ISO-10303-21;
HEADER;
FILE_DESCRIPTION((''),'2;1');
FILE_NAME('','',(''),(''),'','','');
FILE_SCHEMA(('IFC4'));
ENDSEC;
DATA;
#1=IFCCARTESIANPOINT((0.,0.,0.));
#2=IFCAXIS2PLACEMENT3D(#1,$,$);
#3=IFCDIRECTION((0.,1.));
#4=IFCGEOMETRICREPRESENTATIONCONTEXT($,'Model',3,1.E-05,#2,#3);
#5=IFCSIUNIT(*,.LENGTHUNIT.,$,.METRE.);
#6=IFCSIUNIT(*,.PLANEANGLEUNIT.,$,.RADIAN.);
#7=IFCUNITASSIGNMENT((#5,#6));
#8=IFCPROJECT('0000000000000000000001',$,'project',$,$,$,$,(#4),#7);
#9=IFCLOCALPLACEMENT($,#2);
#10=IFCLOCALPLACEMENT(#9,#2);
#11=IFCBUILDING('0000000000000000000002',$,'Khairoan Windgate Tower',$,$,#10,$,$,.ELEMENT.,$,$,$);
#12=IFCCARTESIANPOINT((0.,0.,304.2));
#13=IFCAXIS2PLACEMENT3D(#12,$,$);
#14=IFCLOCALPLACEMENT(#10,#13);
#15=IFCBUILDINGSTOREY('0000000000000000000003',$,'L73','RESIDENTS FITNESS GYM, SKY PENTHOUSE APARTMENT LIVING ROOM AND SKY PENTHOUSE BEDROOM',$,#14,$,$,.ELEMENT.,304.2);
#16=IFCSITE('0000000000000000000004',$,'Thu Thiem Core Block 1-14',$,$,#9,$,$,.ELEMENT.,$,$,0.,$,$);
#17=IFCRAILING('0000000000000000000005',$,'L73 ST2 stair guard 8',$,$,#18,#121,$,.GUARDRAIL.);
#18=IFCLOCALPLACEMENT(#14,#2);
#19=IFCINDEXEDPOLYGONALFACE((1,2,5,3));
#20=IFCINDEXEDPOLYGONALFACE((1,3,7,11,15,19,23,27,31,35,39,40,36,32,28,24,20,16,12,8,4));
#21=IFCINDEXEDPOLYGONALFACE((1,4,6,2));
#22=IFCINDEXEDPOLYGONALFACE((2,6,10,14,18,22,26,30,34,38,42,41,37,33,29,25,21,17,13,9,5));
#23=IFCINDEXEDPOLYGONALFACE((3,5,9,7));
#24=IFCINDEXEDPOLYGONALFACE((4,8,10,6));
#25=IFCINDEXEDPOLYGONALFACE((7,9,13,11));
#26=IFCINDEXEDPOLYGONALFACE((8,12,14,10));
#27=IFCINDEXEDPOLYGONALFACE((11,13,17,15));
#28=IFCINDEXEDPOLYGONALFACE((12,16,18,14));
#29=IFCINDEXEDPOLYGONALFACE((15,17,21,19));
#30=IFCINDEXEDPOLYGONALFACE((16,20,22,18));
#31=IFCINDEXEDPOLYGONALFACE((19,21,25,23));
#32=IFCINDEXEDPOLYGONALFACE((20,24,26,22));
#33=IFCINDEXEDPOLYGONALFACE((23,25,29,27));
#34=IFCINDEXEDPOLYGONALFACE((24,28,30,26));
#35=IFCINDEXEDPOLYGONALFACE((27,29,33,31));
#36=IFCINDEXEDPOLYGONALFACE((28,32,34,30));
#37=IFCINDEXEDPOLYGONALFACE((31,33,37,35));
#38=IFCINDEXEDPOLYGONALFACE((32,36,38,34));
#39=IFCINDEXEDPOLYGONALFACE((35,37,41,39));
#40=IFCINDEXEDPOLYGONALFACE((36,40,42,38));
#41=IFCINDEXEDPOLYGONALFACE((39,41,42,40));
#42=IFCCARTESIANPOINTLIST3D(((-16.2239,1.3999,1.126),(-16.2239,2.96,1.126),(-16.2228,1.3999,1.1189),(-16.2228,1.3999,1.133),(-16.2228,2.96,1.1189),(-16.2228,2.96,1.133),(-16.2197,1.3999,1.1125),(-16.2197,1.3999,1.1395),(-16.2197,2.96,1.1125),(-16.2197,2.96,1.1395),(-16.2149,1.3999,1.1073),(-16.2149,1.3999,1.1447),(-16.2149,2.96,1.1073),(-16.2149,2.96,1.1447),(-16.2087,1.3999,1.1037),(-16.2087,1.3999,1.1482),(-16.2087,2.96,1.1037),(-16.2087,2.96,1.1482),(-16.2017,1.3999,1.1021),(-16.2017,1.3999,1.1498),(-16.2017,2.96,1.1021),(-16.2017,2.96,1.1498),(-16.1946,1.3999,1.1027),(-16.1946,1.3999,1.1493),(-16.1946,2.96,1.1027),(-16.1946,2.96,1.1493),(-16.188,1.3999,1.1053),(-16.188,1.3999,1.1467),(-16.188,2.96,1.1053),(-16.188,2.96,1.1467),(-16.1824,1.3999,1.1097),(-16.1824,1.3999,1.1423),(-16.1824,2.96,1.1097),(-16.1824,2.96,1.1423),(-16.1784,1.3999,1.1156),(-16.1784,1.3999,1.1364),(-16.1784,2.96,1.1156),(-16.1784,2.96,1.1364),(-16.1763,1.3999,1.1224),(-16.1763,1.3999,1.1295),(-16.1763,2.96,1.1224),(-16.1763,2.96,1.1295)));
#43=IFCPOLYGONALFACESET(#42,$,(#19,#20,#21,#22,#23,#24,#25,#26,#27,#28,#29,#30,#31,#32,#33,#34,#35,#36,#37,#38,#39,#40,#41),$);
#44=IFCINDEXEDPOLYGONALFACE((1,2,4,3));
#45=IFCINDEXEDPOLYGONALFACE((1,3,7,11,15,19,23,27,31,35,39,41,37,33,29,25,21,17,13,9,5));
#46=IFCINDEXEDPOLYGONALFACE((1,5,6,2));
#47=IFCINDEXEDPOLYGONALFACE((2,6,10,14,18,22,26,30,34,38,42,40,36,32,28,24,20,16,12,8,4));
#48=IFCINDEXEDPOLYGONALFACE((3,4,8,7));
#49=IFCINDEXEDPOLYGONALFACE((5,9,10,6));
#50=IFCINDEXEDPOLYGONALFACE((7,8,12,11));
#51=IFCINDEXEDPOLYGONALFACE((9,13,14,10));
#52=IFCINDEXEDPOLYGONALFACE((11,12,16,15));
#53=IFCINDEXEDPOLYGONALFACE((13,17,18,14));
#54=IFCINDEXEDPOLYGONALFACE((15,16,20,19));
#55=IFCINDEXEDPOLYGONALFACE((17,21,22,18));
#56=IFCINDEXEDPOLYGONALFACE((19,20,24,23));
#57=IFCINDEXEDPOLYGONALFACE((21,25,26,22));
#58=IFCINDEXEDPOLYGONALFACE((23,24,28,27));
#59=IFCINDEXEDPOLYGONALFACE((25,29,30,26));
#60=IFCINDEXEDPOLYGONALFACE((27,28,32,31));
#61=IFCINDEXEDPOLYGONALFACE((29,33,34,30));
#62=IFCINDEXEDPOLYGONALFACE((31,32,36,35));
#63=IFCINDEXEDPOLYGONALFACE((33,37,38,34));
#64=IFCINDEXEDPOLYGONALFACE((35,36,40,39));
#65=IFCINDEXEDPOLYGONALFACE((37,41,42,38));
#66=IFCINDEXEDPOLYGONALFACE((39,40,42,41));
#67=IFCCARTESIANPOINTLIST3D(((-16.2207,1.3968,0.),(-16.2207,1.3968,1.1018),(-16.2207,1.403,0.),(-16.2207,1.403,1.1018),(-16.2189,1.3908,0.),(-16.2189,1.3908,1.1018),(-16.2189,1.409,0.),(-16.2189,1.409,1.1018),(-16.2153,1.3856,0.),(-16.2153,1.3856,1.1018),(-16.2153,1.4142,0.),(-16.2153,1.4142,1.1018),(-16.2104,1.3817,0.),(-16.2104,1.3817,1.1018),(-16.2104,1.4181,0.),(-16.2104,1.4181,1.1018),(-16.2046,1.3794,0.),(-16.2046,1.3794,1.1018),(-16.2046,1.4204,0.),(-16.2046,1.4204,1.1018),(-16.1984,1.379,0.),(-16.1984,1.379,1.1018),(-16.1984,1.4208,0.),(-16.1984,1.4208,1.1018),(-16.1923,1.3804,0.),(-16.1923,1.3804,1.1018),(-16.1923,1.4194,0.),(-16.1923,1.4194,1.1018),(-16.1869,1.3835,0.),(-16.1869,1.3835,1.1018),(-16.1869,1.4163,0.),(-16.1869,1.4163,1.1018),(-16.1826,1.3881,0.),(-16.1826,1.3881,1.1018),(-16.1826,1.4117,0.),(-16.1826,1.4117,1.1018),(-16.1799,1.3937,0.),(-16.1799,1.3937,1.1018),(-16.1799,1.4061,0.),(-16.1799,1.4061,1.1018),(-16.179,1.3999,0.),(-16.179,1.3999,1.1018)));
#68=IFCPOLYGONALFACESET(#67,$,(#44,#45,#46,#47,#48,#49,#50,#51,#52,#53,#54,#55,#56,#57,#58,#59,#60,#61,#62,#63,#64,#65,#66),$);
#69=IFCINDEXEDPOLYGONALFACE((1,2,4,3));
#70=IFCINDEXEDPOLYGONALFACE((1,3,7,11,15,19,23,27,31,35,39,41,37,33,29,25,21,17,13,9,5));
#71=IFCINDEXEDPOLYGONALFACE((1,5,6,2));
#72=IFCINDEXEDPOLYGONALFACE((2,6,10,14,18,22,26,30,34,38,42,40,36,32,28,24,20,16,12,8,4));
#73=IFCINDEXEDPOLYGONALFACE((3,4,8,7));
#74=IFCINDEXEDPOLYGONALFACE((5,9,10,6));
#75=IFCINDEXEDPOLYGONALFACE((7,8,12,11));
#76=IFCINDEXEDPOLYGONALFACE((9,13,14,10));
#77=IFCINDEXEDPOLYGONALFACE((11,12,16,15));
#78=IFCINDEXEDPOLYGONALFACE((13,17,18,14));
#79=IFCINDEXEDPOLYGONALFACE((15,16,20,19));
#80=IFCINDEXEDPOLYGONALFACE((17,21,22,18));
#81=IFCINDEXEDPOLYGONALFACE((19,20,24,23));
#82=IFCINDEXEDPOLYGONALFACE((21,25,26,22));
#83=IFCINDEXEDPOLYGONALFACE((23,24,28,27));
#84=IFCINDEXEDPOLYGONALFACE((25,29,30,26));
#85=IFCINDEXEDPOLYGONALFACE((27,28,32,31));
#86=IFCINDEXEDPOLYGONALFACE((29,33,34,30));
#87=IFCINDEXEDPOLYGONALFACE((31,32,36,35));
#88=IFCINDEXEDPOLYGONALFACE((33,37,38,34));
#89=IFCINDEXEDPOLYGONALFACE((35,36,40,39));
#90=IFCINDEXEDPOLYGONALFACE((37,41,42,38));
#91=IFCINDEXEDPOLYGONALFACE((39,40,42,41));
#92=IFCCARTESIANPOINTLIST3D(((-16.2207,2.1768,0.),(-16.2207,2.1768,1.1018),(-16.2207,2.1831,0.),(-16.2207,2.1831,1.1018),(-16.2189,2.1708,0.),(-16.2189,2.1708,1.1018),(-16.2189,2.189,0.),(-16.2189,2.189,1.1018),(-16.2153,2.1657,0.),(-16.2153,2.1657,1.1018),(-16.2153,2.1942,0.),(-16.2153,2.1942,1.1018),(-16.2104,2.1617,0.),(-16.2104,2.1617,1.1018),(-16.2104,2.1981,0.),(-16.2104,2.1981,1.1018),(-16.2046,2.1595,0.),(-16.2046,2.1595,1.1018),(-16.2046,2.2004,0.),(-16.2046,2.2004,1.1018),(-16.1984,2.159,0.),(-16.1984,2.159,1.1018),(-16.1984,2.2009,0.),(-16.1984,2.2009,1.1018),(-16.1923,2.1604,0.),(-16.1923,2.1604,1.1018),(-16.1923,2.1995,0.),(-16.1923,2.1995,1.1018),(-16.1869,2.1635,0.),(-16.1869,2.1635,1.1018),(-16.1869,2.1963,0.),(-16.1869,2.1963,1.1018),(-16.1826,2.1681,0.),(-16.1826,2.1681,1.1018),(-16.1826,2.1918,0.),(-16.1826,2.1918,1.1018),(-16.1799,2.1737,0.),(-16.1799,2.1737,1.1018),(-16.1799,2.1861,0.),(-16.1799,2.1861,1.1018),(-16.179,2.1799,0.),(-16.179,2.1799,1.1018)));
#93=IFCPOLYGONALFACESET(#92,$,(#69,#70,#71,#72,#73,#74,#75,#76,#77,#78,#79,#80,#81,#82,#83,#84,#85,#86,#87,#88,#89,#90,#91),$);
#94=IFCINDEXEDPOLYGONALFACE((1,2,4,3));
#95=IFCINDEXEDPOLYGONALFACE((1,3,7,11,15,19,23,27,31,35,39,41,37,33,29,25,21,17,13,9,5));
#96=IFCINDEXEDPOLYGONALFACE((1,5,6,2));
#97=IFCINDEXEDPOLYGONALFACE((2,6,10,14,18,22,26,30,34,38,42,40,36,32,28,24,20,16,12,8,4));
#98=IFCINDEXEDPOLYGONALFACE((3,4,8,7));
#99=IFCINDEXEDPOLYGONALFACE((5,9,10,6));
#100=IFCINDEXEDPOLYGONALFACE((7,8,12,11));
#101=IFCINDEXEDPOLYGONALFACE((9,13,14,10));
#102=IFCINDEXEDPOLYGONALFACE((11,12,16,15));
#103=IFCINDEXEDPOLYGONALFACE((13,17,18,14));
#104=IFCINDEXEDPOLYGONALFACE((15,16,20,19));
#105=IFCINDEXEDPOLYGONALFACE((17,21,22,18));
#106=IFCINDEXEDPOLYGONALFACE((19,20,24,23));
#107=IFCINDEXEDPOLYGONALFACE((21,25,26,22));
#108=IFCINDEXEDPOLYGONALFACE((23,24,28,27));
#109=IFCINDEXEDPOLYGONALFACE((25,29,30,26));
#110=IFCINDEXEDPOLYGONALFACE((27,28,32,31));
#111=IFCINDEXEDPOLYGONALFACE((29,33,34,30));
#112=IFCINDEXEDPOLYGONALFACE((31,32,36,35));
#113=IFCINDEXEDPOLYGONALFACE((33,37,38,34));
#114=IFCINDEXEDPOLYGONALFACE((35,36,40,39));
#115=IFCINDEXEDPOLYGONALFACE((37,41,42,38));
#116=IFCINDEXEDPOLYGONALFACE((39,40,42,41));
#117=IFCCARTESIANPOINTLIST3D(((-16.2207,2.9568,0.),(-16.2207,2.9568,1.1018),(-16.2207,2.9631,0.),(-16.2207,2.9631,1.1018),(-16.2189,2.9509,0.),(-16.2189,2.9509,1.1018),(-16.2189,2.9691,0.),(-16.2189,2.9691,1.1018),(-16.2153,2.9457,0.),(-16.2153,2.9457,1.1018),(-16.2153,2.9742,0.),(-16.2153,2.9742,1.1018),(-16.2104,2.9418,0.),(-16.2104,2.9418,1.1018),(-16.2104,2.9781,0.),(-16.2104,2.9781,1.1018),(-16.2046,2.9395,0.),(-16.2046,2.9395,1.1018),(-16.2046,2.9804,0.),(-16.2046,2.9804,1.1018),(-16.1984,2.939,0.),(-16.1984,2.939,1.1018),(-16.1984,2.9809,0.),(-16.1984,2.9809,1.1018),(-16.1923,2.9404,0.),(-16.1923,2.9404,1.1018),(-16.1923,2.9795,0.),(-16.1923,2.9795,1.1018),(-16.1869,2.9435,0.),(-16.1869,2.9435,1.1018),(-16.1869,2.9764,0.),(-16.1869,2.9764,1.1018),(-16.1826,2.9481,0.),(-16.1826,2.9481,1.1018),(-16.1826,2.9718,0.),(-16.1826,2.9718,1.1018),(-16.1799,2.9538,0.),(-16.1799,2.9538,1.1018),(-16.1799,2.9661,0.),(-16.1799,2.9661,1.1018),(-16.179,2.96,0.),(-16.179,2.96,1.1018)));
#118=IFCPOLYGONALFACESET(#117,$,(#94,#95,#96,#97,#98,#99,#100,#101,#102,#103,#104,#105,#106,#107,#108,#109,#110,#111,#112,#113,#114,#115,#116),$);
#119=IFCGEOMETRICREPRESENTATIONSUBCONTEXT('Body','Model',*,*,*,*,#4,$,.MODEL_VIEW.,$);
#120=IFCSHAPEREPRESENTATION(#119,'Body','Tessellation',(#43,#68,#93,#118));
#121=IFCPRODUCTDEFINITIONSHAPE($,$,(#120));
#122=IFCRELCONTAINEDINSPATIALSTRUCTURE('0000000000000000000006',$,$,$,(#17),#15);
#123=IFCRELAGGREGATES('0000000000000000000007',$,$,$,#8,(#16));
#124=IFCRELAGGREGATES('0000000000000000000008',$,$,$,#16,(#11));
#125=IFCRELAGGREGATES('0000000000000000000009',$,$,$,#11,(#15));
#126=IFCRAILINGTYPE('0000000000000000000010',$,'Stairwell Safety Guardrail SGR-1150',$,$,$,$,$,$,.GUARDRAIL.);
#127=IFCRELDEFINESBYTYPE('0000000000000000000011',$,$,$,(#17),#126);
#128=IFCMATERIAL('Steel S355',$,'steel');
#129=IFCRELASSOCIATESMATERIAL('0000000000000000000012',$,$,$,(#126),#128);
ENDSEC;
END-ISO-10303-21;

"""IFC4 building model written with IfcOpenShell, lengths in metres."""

from ifc_helpers import new_model, si_unit, direction, frame, origin, origin_2d, place, context, subcontext, project, spatial, circle, extrude, material, type_object, element, save


model = new_model("IFC4")

# Units and contexts
model_context = context("Model", 3, precision=1e-05, world=origin(), true_north=direction((0.0, 1.0)))
body_context = subcontext(model_context, "Body", "Model", "MODEL_VIEW")
ifc_project = project(units=[si_unit("LENGTHUNIT", "METRE"), si_unit("PLANEANGLEUNIT", "RADIAN")], contexts=[model_context])

# Site, building, storey
site_placement = place(None, origin())
site = spatial("IfcSite", under=ifc_project, at=site_placement, Name="Thu Thiem Core Block 1-14", CompositionType="ELEMENT", RefElevation=0.0)
building_placement = place(site_placement, origin())
building = spatial("IfcBuilding", under=site, at=building_placement, Name="Khairoan Windgate Tower", CompositionType="ELEMENT")
storey_placement = place(building_placement, frame((0.0, 0.0, 304.2)))
storey = spatial("IfcBuildingStorey", under=building, at=storey_placement, Name="L73", Description="RESIDENTS FITNESS GYM, SKY PENTHOUSE APARTMENT LIVING ROOM AND SKY PENTHOUSE BEDROOM", CompositionType="ELEMENT", Elevation=304.2)

# Railing
ifc_material_1 = material(Name="Steel S355", Category="steel")
railing_type_1 = type_object("IfcRailingType", Name="Stairwell Safety Guardrail SGR-1150", PredefinedType="GUARDRAIL", material=ifc_material_1)
railing_1_placement = place(storey_placement, frame((-16.2, 1.3999, 0.0)))
element("IfcRailing", 1, at=railing_1_placement, inside=storey, type_object=railing_type_1, Name="L73 ST2 stair guard 8", PredefinedType="GUARDRAIL", context=body_context, shape_type="SweptSolid", body=[
    extrude(circle(Radius=0.0239, at=origin_2d()), frame((0.0, 0.0, 1.126), z_axis=(0.0, 1.0, 0.0), x_axis=(-1.0, 0.0, 0.0)), (0.0, 0.0, 1.0), 1.5601),
    extrude(circle(Radius=0.021, at=origin_2d()), origin(), (0.0, 0.0, 1.0), 1.1018),
    extrude(circle(Radius=0.021, at=origin_2d()), frame((0.0, 0.78, 0.0)), (0.0, 0.0, 1.0), 1.1018),
    extrude(circle(Radius=0.021, at=origin_2d()), frame((0.0, 1.5601, 0.0)), (0.0, 0.0, 1.0), 1.1018),
])

save(model, "model.ifc")
